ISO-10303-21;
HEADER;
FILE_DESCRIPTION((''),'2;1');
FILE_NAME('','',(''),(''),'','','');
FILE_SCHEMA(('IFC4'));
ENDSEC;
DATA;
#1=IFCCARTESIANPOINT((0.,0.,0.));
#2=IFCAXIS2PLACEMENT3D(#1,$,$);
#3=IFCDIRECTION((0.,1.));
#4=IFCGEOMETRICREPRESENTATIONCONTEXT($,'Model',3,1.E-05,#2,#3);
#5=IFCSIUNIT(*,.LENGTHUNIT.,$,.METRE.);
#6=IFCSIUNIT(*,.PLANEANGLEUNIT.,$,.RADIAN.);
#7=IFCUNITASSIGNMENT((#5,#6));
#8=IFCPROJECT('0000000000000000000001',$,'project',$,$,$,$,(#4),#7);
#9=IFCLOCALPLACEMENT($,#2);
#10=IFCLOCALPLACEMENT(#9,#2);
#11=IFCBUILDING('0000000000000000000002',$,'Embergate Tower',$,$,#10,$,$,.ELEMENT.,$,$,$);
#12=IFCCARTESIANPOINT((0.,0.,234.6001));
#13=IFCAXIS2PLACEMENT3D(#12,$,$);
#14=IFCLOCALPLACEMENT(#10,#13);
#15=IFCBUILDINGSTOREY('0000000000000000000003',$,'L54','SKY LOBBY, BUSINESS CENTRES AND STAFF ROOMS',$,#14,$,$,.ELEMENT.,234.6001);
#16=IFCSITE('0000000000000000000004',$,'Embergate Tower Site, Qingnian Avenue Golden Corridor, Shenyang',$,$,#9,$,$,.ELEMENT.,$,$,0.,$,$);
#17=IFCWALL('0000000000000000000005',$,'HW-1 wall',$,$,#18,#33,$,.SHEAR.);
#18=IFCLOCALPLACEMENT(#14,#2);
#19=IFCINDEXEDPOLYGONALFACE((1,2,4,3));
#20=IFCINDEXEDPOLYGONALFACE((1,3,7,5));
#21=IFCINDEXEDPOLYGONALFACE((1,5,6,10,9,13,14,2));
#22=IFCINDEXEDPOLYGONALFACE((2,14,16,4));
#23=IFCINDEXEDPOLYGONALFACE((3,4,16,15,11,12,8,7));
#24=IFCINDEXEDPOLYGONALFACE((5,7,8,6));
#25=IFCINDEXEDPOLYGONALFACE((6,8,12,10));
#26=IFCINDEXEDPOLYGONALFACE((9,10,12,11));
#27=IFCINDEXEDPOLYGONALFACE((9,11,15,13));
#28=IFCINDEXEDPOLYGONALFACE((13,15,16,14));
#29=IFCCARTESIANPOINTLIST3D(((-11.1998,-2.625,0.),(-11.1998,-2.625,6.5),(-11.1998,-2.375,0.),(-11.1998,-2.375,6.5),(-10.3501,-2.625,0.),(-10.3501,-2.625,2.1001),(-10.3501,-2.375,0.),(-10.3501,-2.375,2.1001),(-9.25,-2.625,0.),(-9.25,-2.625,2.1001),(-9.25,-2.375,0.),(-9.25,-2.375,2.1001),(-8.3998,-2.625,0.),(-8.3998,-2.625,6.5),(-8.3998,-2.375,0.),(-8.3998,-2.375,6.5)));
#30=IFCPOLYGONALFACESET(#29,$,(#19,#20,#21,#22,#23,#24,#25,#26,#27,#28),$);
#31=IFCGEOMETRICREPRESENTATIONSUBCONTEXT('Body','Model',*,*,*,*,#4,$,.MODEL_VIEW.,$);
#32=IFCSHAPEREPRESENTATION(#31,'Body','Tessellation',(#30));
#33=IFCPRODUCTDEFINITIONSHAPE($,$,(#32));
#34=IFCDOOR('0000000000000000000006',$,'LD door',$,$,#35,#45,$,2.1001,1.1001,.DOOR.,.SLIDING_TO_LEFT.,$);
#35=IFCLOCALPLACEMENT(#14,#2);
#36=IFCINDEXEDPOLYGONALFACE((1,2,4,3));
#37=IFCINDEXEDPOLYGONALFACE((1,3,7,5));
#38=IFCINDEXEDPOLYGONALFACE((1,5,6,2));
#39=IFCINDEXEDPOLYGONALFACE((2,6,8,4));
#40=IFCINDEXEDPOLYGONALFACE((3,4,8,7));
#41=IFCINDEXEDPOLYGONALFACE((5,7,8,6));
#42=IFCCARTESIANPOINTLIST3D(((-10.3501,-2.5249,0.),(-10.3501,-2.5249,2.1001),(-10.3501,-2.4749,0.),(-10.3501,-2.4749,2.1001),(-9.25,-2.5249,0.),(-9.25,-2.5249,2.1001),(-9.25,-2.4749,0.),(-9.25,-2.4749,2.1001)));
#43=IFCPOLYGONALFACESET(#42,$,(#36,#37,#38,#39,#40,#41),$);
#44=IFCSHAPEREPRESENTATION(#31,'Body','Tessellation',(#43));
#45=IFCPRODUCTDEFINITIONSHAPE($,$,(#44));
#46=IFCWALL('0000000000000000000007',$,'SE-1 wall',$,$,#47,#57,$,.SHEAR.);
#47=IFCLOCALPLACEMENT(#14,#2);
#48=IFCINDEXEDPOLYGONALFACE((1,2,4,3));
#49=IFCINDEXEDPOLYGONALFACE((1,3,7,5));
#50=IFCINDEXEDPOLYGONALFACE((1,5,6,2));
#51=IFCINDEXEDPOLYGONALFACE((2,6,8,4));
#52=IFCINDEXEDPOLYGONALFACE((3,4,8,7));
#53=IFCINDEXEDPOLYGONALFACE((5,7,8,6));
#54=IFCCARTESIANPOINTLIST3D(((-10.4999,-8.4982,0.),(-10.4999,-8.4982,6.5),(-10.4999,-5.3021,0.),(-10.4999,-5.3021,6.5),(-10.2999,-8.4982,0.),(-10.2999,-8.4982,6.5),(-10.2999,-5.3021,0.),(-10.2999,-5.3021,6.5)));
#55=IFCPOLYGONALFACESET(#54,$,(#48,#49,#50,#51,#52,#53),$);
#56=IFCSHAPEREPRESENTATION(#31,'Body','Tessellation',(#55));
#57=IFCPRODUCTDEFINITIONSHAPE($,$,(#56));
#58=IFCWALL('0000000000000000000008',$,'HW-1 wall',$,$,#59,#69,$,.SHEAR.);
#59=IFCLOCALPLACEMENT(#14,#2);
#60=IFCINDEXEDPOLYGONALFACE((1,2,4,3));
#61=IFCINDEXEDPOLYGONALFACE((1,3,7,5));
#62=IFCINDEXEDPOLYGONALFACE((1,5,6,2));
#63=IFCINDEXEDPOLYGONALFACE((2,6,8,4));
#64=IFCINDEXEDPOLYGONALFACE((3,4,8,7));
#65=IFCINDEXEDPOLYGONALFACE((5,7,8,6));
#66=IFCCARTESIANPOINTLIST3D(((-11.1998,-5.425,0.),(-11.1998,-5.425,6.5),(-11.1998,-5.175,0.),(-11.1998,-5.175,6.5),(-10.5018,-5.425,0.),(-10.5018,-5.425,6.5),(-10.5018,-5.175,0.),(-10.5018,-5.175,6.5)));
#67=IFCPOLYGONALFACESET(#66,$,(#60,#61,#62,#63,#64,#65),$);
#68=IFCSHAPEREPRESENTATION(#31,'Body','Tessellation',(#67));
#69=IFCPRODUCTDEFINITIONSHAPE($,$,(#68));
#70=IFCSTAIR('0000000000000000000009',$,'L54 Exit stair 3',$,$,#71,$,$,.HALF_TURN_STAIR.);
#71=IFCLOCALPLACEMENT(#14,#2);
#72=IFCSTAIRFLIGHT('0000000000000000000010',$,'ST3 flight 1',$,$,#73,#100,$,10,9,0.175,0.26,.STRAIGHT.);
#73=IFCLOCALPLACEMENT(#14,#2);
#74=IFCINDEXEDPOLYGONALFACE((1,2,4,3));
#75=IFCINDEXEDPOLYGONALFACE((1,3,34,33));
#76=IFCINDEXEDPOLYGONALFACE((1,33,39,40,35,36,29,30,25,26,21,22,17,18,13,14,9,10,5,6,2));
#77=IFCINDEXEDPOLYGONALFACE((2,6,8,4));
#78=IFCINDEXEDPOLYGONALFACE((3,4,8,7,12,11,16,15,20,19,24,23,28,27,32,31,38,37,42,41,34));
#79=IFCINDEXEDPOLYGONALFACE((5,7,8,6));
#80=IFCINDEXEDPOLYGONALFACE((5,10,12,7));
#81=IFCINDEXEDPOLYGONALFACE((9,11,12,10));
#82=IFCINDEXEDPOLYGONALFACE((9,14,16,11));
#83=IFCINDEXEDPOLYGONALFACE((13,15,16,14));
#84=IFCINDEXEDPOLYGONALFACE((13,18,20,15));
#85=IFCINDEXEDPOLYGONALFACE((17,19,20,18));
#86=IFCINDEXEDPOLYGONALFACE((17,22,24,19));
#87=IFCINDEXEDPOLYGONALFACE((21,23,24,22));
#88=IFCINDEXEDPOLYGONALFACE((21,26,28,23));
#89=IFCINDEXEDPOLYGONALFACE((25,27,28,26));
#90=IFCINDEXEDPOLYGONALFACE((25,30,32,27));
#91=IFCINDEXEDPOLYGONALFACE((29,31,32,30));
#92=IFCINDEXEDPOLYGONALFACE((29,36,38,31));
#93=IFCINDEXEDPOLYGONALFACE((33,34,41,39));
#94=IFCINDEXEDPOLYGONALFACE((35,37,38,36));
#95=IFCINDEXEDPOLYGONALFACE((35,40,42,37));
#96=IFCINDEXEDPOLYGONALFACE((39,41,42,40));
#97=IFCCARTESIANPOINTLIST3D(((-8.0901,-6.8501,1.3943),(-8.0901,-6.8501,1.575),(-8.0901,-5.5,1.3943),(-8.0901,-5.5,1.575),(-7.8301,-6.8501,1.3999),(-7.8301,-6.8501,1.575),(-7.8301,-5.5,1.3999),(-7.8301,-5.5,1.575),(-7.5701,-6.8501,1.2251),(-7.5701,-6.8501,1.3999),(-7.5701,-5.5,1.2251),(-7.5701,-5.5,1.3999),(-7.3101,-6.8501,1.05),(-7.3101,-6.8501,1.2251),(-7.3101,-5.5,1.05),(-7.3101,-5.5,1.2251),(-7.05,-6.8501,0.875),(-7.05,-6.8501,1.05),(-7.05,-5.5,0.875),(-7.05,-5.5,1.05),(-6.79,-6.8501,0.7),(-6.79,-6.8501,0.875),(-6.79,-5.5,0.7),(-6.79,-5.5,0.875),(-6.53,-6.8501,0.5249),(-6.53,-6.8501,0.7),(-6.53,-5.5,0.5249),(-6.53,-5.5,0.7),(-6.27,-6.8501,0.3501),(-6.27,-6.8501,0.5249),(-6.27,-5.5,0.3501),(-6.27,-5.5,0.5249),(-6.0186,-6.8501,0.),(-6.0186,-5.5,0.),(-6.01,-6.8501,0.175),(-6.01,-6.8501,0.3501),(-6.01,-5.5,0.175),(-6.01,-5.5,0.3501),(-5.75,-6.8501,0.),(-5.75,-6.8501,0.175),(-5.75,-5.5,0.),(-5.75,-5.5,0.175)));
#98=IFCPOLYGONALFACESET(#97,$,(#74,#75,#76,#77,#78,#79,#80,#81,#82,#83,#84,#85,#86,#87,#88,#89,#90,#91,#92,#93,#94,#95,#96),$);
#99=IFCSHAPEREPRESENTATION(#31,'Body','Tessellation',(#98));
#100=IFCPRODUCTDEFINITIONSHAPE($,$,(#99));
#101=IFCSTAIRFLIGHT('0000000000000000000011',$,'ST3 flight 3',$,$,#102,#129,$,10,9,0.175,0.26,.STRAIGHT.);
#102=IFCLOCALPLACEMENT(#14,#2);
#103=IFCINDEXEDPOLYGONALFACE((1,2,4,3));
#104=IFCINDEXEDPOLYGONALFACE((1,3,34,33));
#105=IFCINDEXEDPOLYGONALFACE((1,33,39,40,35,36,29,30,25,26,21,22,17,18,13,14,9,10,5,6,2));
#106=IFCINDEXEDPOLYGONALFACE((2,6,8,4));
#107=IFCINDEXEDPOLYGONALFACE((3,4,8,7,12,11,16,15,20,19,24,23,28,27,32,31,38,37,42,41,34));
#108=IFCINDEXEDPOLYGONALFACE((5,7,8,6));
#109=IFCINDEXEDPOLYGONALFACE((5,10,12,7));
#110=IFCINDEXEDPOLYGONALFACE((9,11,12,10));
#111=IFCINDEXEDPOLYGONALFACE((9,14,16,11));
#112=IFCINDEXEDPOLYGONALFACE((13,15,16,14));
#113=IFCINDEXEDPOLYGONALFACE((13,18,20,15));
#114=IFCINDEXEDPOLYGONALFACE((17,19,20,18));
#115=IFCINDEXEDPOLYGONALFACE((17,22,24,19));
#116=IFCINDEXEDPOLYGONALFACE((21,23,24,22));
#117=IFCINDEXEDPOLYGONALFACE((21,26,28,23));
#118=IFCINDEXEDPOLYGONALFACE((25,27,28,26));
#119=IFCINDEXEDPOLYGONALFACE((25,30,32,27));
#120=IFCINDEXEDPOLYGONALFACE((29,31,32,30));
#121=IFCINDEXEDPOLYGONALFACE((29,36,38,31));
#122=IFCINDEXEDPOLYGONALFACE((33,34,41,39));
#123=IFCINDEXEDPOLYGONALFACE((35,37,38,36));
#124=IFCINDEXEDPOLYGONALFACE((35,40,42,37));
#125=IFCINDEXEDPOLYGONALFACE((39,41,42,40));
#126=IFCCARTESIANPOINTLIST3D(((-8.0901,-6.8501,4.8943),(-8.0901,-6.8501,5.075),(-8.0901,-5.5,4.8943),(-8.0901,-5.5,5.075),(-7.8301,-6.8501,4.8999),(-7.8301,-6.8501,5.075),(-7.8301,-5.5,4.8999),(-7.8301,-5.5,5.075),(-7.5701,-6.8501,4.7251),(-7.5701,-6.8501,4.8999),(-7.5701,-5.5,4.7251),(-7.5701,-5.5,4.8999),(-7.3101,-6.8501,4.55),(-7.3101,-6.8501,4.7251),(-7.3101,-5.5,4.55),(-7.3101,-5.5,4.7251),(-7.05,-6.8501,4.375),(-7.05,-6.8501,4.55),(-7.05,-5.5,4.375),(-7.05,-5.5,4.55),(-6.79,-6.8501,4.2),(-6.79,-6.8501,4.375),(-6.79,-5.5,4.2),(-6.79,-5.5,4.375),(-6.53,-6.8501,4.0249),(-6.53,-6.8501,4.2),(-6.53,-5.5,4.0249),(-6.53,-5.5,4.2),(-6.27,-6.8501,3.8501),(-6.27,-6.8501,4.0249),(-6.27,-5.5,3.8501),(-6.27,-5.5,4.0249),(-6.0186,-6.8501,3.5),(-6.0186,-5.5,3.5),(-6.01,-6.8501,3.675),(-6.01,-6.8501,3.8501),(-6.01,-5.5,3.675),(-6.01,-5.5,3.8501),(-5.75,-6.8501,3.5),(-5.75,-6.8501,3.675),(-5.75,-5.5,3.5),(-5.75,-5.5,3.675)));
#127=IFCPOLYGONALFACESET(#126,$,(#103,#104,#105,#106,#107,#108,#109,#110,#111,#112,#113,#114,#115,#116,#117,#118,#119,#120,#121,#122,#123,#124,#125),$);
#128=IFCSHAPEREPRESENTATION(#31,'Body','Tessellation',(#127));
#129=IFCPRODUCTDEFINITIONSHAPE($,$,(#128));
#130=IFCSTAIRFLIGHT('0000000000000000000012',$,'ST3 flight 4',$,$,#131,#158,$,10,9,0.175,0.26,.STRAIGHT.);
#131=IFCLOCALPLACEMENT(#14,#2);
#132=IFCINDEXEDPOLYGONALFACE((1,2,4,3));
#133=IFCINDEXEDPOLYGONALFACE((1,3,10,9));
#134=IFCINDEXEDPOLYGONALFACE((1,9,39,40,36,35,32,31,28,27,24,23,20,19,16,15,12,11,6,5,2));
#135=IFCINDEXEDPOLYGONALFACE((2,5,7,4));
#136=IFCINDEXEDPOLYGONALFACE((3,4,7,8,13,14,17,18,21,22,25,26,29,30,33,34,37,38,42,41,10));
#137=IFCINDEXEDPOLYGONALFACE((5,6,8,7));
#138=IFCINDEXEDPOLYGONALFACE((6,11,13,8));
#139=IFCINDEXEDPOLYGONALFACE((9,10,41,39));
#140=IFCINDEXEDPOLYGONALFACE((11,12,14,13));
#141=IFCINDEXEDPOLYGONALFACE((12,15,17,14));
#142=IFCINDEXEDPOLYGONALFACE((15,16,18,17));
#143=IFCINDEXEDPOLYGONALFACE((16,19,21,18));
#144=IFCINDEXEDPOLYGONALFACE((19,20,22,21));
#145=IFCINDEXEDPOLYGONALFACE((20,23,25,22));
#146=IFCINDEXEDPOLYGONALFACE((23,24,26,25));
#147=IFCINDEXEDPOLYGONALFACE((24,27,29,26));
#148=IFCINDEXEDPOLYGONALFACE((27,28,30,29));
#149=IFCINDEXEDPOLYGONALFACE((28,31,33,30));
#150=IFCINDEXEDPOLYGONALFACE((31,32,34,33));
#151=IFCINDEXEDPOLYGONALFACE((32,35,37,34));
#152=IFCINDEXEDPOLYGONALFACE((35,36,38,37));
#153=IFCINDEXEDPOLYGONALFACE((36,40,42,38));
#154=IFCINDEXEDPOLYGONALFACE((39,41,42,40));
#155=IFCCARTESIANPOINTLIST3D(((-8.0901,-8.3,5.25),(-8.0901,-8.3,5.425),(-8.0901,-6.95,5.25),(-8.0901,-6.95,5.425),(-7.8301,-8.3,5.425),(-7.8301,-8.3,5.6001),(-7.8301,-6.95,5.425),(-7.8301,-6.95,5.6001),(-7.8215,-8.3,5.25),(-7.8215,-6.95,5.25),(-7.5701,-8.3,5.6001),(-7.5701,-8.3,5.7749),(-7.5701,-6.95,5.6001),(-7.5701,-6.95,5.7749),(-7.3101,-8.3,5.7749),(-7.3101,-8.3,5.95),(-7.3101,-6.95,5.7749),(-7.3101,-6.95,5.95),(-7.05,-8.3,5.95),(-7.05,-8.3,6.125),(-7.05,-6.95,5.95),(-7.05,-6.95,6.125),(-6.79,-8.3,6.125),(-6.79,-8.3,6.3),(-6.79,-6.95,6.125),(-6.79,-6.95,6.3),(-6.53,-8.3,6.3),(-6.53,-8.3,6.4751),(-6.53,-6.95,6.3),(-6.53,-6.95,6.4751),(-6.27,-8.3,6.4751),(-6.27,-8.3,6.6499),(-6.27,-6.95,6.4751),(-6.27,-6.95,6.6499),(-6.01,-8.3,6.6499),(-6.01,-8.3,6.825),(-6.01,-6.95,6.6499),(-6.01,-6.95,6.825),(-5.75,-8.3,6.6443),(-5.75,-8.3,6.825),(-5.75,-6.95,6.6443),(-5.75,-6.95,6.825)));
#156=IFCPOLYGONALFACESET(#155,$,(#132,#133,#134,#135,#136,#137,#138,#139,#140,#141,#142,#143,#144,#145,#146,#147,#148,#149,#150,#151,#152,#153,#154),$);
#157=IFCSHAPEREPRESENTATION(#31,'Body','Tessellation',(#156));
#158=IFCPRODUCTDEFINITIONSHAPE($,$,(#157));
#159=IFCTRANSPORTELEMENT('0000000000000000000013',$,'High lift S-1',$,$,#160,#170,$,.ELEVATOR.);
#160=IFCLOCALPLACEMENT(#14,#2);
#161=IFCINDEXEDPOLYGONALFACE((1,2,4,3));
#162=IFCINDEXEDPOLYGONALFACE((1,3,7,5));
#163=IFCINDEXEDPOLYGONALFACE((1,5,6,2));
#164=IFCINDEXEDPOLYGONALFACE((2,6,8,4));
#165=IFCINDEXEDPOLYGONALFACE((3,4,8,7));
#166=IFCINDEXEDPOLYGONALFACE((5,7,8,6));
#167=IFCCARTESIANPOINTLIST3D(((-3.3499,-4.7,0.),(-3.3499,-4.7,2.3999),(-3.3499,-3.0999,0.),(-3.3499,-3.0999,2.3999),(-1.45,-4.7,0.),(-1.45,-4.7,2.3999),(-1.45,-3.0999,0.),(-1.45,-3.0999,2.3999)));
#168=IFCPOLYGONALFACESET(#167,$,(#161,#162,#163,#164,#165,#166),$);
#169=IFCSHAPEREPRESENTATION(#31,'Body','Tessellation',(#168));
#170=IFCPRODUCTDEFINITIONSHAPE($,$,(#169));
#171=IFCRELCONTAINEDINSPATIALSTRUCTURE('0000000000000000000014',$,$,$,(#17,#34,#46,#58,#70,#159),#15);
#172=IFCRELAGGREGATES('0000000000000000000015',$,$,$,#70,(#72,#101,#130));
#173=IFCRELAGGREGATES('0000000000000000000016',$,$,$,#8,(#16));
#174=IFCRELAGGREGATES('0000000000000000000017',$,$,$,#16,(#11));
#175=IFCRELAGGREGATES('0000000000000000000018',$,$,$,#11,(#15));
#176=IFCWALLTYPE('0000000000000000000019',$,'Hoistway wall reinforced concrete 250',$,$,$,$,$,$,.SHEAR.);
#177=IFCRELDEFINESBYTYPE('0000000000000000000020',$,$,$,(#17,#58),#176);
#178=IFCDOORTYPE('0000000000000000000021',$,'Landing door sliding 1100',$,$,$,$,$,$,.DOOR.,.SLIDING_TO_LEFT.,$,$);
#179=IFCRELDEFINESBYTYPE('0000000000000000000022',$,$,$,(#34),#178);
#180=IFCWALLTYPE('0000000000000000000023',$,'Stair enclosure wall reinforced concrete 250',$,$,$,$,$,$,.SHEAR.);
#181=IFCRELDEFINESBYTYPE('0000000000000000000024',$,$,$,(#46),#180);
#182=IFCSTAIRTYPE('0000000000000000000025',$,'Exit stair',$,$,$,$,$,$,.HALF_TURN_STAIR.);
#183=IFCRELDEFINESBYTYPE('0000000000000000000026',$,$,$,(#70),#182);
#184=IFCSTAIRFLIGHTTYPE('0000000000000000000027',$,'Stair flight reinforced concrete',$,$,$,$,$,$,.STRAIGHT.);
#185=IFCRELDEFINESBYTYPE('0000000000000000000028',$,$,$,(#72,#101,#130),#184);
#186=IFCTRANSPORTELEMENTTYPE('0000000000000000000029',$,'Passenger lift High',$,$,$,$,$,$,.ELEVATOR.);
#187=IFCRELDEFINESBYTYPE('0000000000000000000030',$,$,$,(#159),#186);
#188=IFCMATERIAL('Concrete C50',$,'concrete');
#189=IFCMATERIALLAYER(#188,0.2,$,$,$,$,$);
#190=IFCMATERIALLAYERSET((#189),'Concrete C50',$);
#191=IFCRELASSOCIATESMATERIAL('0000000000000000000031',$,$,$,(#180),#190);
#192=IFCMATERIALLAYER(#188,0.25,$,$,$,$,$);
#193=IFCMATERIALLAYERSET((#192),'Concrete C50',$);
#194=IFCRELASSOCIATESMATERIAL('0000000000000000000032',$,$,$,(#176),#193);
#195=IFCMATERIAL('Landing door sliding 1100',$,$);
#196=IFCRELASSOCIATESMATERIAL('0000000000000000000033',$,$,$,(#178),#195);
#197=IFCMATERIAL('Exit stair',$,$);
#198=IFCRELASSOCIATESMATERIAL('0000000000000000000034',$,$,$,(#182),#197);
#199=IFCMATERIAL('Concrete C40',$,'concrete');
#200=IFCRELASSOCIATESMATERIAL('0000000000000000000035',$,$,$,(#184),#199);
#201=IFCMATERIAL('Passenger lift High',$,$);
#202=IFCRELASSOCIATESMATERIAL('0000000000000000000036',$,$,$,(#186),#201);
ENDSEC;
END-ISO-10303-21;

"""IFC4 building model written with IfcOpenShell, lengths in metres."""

from ifc_helpers import new_model, si_unit, direction, frame, frame_2d, origin, origin_2d, place, context, subcontext, project, spatial, polyline, rectangle, outline, extrude, source, transform, mapped, material, layer, layer_set, type_object, element, fill, aggregate, save


model = new_model("IFC4")

# Units and contexts
model_context = context("Model", 3, precision=1e-05, world=origin(), true_north=direction((0.0, 1.0)))
body_context = subcontext(model_context, "Body", "Model", "MODEL_VIEW")
ifc_project = project(units=[si_unit("LENGTHUNIT", "METRE"), si_unit("PLANEANGLEUNIT", "RADIAN")], contexts=[model_context])

# Site, building, storey
site_placement = place(None, origin())
site = spatial("IfcSite", under=ifc_project, at=site_placement, Name="Embergate Tower Site, Qingnian Avenue Golden Corridor, Shenyang", CompositionType="ELEMENT", RefElevation=0.0)
building_placement = place(site_placement, origin())
building = spatial("IfcBuilding", under=site, at=building_placement, Name="Embergate Tower", CompositionType="ELEMENT")
storey_placement = place(building_placement, frame((0.0, 0.0, 234.6001)))
storey = spatial("IfcBuildingStorey", under=building, at=storey_placement, Name="L54", Description="SKY LOBBY, BUSINESS CENTRES AND STAFF ROOMS", CompositionType="ELEMENT", Elevation=234.6001)

# Shared definitions
ifc_material_1 = material(Name="Concrete C50", Category="concrete")
ifc_layer_1 = layer(ifc_material_1, 0.2)
ifc_layer_set_1 = layer_set([ifc_layer_1], Name="Concrete C50")
wall_type_1 = type_object("IfcWallType", Name="Stair enclosure wall reinforced concrete 250", PredefinedType="SHEAR", material=ifc_layer_set_1)
ifc_layer_2 = layer(ifc_material_1, 0.25)
ifc_layer_set_2 = layer_set([ifc_layer_2], Name="Concrete C50")
wall_type_2 = type_object("IfcWallType", Name="Hoistway wall reinforced concrete 250", PredefinedType="SHEAR", material=ifc_layer_set_2)

# Wall, opening, door
shared_shape_1 = source(origin(), body_context, "Body", "SweptSolid", [
    extrude(rectangle(XDim=2.8, YDim=0.25, at=frame_2d((1.3999, 0.0))), origin(), (0.0, 0.0, 1.0), 6.5),
])
wall_1_placement = place(storey_placement, frame((-8.3999, -2.5, 0.0), z_axis=(0.0, 0.0, 1.0), x_axis=(-1.0, 0.0, 0.0)))
wall_1 = element("IfcWall", 1, at=wall_1_placement, inside=storey, type_object=wall_type_2, Name="HW-1 wall", PredefinedType="SHEAR", context=body_context, shape_type="MappedRepresentation", body=[
    mapped(shared_shape_1, transform((0.0, 0.0, 0.0))),
])
shared_shape_2 = source(origin(), body_context, "Body", "SweptSolid", [
    extrude(rectangle(XDim=1.1001, YDim=2.1001, at=frame_2d((0.55, 1.05))), frame((0.0, 0.135, 0.0), z_axis=(0.0, -1.0, 0.0), x_axis=(1.0, 0.0, 0.0)), (0.0, 0.0, 1.0), 0.27),
])
opening_1_placement = place(wall_1_placement, frame((0.8501, 0.0, 0.0)))
opening_1 = element("IfcOpeningElement", 2, at=opening_1_placement, cuts=wall_1, PredefinedType="OPENING", context=body_context, shape_type="MappedRepresentation", body=[
    mapped(shared_shape_2, transform((0.0, 0.0, 0.0))),
])
ifc_material_2 = material(Name="Landing door sliding 1100")
door_type_1 = type_object("IfcDoorType", Name="Landing door sliding 1100", OperationType="SLIDING_TO_LEFT", PredefinedType="DOOR", material=ifc_material_2)
shared_shape_3 = source(origin(), body_context, "Body", "SweptSolid", [
    extrude(rectangle(XDim=1.1001, YDim=2.1001, at=frame_2d((0.55, 1.05))), frame((0.0, 0.0249, 0.0), z_axis=(0.0, -1.0, 0.0), x_axis=(1.0, 0.0, 0.0)), (0.0, 0.0, 1.0), 0.05),
])
door_1_placement = place(opening_1_placement, origin())
door_1 = element("IfcDoor", 3, at=door_1_placement, inside=storey, type_object=door_type_1, Name="LD door", OperationType="SLIDING_TO_LEFT", OverallHeight=2.1001, OverallWidth=1.1001, PredefinedType="DOOR", context=body_context, shape_type="MappedRepresentation", body=[
    mapped(shared_shape_3, transform((0.0, 0.0, 0.0))),
])
fill(opening_1, door_1)

# Walls
shared_shape_4 = source(origin(), body_context, "Body", "SweptSolid", [
    extrude(rectangle(XDim=3.196, YDim=0.2, at=frame_2d((1.5981, 0.0))), origin(), (0.0, 0.0, 1.0), 6.5),
])
wall_2_placement = place(storey_placement, frame((-10.3999, -5.302, 0.0), z_axis=(0.0, 0.0, 1.0), x_axis=(0.0, -1.0, 0.0)))
element("IfcWall", 4, at=wall_2_placement, inside=storey, type_object=wall_type_1, Name="SE-1 wall", PredefinedType="SHEAR", context=body_context, shape_type="MappedRepresentation", body=[
    mapped(shared_shape_4, transform((0.0, 0.0, 0.0))),
])
shared_shape_5 = source(origin(), body_context, "Body", "SweptSolid", [
    extrude(rectangle(XDim=0.698, YDim=0.25, at=frame_2d((0.3491, 0.0))), origin(), (0.0, 0.0, 1.0), 6.5),
])
wall_3_placement = place(storey_placement, frame((-11.2, -5.3, 0.0), z_axis=(0.0, 0.0, 1.0), x_axis=(1.0, 0.0, 0.0)))
element("IfcWall", 5, at=wall_3_placement, inside=storey, type_object=wall_type_2, Name="HW-1 wall", PredefinedType="SHEAR", context=body_context, shape_type="MappedRepresentation", body=[
    mapped(shared_shape_5, transform((0.0, 0.0, 0.0))),
])

# Stair, stair flights
ifc_material_3 = material(Name="Exit stair")
stair_type = type_object("IfcStairType", Name="Exit stair", PredefinedType="HALF_TURN_STAIR", material=ifc_material_3)
stair_placement = place(storey_placement, origin())
stair = element("IfcStair", 6, at=stair_placement, inside=storey, type_object=stair_type, Name="L54 Exit stair 3", PredefinedType="HALF_TURN_STAIR")
ifc_material_4 = material(Name="Concrete C40", Category="concrete")
stair_flight_type = type_object("IfcStairFlightType", Name="Stair flight reinforced concrete", PredefinedType="STRAIGHT", material=ifc_material_4)
shared_shape_6 = source(origin(), body_context, "Body", "SweptSolid", [
    extrude(outline(polyline([(0.0, 0.0), (0.0, 0.175), (0.26, 0.175), (0.26, 0.3501), (0.52, 0.3501), (0.52, 0.5249), (0.78, 0.5249), (0.78, 0.7), (1.04, 0.7), (1.04, 0.875), (1.3, 0.875), (1.3, 1.05), (1.5601, 1.05), (1.5601, 1.2251), (1.8201, 1.2251), (1.8201, 1.3999), (2.0801, 1.3999), (2.0801, 1.575), (2.3401, 1.575), (2.3401, 1.75), (2.3401, 1.3943), (0.2686, 0.0), (0.0, 0.0)])), frame((0.0, 0.675, 0.0), z_axis=(0.0, -1.0, 0.0), x_axis=(1.0, 0.0, 0.0)), (0.0, 0.0, 1.0), 1.3501),
])
stair_flight_1_placement = place(storey_placement, frame((-5.75, -6.175, 0.0), z_axis=(0.0, 0.0, 1.0), x_axis=(-1.0, 0.0, 0.0)))
stair_flight_1 = element("IfcStairFlight", 7, at=stair_flight_1_placement, type_object=stair_flight_type, Name="ST3 flight 1", NumberOfRisers=10, NumberOfTreads=9, PredefinedType="STRAIGHT", RiserHeight=0.175, TreadLength=0.26, context=body_context, shape_type="MappedRepresentation", body=[
    mapped(shared_shape_6, transform((0.0, 0.0, 0.0))),
])
stair_flight_2_placement = place(storey_placement, frame((-5.75, -6.175, 3.5), z_axis=(0.0, 0.0, 1.0), x_axis=(-1.0, 0.0, 0.0)))
stair_flight_2 = element("IfcStairFlight", 8, at=stair_flight_2_placement, type_object=stair_flight_type, Name="ST3 flight 3", NumberOfRisers=10, NumberOfTreads=9, PredefinedType="STRAIGHT", RiserHeight=0.175, TreadLength=0.26, context=body_context, shape_type="MappedRepresentation", body=[
    mapped(shared_shape_6, transform((0.0, 0.0, 0.0))),
])
stair_flight_3_placement = place(storey_placement, frame((-8.0901, -7.625, 5.25), z_axis=(0.0, 0.0, 1.0), x_axis=(1.0, 0.0, 0.0)))
stair_flight_3 = element("IfcStairFlight", 9, at=stair_flight_3_placement, type_object=stair_flight_type, Name="ST3 flight 4", NumberOfRisers=10, NumberOfTreads=9, PredefinedType="STRAIGHT", RiserHeight=0.175, TreadLength=0.26, context=body_context, shape_type="MappedRepresentation", body=[
    mapped(shared_shape_6, transform((0.0, 0.0, 0.0))),
])
aggregate(stair, [stair_flight_1, stair_flight_2, stair_flight_3])

# Transport element
ifc_material_5 = material(Name="Passenger lift High")
transport_element_type = type_object("IfcTransportElementType", Name="Passenger lift High", PredefinedType="ELEVATOR", material=ifc_material_5)
shared_shape_7 = source(origin(), body_context, "Body", "SweptSolid", [
    extrude(rectangle(XDim=1.8999, YDim=1.6001, at=origin_2d()), origin(), (0.0, 0.0, 1.0), 2.3999),
])
transport_element_placement = place(storey_placement, frame((-2.3999, -3.8999, 0.0), z_axis=(0.0, 0.0, 1.0), x_axis=(1.0, 0.0, 0.0)))
element("IfcTransportElement", 10, at=transport_element_placement, inside=storey, type_object=transport_element_type, Name="High lift S-1", PredefinedType="ELEVATOR", context=body_context, shape_type="MappedRepresentation", body=[
    mapped(shared_shape_7, transform((0.0, 0.0, 0.0))),
])

save(model, "model.ifc")
